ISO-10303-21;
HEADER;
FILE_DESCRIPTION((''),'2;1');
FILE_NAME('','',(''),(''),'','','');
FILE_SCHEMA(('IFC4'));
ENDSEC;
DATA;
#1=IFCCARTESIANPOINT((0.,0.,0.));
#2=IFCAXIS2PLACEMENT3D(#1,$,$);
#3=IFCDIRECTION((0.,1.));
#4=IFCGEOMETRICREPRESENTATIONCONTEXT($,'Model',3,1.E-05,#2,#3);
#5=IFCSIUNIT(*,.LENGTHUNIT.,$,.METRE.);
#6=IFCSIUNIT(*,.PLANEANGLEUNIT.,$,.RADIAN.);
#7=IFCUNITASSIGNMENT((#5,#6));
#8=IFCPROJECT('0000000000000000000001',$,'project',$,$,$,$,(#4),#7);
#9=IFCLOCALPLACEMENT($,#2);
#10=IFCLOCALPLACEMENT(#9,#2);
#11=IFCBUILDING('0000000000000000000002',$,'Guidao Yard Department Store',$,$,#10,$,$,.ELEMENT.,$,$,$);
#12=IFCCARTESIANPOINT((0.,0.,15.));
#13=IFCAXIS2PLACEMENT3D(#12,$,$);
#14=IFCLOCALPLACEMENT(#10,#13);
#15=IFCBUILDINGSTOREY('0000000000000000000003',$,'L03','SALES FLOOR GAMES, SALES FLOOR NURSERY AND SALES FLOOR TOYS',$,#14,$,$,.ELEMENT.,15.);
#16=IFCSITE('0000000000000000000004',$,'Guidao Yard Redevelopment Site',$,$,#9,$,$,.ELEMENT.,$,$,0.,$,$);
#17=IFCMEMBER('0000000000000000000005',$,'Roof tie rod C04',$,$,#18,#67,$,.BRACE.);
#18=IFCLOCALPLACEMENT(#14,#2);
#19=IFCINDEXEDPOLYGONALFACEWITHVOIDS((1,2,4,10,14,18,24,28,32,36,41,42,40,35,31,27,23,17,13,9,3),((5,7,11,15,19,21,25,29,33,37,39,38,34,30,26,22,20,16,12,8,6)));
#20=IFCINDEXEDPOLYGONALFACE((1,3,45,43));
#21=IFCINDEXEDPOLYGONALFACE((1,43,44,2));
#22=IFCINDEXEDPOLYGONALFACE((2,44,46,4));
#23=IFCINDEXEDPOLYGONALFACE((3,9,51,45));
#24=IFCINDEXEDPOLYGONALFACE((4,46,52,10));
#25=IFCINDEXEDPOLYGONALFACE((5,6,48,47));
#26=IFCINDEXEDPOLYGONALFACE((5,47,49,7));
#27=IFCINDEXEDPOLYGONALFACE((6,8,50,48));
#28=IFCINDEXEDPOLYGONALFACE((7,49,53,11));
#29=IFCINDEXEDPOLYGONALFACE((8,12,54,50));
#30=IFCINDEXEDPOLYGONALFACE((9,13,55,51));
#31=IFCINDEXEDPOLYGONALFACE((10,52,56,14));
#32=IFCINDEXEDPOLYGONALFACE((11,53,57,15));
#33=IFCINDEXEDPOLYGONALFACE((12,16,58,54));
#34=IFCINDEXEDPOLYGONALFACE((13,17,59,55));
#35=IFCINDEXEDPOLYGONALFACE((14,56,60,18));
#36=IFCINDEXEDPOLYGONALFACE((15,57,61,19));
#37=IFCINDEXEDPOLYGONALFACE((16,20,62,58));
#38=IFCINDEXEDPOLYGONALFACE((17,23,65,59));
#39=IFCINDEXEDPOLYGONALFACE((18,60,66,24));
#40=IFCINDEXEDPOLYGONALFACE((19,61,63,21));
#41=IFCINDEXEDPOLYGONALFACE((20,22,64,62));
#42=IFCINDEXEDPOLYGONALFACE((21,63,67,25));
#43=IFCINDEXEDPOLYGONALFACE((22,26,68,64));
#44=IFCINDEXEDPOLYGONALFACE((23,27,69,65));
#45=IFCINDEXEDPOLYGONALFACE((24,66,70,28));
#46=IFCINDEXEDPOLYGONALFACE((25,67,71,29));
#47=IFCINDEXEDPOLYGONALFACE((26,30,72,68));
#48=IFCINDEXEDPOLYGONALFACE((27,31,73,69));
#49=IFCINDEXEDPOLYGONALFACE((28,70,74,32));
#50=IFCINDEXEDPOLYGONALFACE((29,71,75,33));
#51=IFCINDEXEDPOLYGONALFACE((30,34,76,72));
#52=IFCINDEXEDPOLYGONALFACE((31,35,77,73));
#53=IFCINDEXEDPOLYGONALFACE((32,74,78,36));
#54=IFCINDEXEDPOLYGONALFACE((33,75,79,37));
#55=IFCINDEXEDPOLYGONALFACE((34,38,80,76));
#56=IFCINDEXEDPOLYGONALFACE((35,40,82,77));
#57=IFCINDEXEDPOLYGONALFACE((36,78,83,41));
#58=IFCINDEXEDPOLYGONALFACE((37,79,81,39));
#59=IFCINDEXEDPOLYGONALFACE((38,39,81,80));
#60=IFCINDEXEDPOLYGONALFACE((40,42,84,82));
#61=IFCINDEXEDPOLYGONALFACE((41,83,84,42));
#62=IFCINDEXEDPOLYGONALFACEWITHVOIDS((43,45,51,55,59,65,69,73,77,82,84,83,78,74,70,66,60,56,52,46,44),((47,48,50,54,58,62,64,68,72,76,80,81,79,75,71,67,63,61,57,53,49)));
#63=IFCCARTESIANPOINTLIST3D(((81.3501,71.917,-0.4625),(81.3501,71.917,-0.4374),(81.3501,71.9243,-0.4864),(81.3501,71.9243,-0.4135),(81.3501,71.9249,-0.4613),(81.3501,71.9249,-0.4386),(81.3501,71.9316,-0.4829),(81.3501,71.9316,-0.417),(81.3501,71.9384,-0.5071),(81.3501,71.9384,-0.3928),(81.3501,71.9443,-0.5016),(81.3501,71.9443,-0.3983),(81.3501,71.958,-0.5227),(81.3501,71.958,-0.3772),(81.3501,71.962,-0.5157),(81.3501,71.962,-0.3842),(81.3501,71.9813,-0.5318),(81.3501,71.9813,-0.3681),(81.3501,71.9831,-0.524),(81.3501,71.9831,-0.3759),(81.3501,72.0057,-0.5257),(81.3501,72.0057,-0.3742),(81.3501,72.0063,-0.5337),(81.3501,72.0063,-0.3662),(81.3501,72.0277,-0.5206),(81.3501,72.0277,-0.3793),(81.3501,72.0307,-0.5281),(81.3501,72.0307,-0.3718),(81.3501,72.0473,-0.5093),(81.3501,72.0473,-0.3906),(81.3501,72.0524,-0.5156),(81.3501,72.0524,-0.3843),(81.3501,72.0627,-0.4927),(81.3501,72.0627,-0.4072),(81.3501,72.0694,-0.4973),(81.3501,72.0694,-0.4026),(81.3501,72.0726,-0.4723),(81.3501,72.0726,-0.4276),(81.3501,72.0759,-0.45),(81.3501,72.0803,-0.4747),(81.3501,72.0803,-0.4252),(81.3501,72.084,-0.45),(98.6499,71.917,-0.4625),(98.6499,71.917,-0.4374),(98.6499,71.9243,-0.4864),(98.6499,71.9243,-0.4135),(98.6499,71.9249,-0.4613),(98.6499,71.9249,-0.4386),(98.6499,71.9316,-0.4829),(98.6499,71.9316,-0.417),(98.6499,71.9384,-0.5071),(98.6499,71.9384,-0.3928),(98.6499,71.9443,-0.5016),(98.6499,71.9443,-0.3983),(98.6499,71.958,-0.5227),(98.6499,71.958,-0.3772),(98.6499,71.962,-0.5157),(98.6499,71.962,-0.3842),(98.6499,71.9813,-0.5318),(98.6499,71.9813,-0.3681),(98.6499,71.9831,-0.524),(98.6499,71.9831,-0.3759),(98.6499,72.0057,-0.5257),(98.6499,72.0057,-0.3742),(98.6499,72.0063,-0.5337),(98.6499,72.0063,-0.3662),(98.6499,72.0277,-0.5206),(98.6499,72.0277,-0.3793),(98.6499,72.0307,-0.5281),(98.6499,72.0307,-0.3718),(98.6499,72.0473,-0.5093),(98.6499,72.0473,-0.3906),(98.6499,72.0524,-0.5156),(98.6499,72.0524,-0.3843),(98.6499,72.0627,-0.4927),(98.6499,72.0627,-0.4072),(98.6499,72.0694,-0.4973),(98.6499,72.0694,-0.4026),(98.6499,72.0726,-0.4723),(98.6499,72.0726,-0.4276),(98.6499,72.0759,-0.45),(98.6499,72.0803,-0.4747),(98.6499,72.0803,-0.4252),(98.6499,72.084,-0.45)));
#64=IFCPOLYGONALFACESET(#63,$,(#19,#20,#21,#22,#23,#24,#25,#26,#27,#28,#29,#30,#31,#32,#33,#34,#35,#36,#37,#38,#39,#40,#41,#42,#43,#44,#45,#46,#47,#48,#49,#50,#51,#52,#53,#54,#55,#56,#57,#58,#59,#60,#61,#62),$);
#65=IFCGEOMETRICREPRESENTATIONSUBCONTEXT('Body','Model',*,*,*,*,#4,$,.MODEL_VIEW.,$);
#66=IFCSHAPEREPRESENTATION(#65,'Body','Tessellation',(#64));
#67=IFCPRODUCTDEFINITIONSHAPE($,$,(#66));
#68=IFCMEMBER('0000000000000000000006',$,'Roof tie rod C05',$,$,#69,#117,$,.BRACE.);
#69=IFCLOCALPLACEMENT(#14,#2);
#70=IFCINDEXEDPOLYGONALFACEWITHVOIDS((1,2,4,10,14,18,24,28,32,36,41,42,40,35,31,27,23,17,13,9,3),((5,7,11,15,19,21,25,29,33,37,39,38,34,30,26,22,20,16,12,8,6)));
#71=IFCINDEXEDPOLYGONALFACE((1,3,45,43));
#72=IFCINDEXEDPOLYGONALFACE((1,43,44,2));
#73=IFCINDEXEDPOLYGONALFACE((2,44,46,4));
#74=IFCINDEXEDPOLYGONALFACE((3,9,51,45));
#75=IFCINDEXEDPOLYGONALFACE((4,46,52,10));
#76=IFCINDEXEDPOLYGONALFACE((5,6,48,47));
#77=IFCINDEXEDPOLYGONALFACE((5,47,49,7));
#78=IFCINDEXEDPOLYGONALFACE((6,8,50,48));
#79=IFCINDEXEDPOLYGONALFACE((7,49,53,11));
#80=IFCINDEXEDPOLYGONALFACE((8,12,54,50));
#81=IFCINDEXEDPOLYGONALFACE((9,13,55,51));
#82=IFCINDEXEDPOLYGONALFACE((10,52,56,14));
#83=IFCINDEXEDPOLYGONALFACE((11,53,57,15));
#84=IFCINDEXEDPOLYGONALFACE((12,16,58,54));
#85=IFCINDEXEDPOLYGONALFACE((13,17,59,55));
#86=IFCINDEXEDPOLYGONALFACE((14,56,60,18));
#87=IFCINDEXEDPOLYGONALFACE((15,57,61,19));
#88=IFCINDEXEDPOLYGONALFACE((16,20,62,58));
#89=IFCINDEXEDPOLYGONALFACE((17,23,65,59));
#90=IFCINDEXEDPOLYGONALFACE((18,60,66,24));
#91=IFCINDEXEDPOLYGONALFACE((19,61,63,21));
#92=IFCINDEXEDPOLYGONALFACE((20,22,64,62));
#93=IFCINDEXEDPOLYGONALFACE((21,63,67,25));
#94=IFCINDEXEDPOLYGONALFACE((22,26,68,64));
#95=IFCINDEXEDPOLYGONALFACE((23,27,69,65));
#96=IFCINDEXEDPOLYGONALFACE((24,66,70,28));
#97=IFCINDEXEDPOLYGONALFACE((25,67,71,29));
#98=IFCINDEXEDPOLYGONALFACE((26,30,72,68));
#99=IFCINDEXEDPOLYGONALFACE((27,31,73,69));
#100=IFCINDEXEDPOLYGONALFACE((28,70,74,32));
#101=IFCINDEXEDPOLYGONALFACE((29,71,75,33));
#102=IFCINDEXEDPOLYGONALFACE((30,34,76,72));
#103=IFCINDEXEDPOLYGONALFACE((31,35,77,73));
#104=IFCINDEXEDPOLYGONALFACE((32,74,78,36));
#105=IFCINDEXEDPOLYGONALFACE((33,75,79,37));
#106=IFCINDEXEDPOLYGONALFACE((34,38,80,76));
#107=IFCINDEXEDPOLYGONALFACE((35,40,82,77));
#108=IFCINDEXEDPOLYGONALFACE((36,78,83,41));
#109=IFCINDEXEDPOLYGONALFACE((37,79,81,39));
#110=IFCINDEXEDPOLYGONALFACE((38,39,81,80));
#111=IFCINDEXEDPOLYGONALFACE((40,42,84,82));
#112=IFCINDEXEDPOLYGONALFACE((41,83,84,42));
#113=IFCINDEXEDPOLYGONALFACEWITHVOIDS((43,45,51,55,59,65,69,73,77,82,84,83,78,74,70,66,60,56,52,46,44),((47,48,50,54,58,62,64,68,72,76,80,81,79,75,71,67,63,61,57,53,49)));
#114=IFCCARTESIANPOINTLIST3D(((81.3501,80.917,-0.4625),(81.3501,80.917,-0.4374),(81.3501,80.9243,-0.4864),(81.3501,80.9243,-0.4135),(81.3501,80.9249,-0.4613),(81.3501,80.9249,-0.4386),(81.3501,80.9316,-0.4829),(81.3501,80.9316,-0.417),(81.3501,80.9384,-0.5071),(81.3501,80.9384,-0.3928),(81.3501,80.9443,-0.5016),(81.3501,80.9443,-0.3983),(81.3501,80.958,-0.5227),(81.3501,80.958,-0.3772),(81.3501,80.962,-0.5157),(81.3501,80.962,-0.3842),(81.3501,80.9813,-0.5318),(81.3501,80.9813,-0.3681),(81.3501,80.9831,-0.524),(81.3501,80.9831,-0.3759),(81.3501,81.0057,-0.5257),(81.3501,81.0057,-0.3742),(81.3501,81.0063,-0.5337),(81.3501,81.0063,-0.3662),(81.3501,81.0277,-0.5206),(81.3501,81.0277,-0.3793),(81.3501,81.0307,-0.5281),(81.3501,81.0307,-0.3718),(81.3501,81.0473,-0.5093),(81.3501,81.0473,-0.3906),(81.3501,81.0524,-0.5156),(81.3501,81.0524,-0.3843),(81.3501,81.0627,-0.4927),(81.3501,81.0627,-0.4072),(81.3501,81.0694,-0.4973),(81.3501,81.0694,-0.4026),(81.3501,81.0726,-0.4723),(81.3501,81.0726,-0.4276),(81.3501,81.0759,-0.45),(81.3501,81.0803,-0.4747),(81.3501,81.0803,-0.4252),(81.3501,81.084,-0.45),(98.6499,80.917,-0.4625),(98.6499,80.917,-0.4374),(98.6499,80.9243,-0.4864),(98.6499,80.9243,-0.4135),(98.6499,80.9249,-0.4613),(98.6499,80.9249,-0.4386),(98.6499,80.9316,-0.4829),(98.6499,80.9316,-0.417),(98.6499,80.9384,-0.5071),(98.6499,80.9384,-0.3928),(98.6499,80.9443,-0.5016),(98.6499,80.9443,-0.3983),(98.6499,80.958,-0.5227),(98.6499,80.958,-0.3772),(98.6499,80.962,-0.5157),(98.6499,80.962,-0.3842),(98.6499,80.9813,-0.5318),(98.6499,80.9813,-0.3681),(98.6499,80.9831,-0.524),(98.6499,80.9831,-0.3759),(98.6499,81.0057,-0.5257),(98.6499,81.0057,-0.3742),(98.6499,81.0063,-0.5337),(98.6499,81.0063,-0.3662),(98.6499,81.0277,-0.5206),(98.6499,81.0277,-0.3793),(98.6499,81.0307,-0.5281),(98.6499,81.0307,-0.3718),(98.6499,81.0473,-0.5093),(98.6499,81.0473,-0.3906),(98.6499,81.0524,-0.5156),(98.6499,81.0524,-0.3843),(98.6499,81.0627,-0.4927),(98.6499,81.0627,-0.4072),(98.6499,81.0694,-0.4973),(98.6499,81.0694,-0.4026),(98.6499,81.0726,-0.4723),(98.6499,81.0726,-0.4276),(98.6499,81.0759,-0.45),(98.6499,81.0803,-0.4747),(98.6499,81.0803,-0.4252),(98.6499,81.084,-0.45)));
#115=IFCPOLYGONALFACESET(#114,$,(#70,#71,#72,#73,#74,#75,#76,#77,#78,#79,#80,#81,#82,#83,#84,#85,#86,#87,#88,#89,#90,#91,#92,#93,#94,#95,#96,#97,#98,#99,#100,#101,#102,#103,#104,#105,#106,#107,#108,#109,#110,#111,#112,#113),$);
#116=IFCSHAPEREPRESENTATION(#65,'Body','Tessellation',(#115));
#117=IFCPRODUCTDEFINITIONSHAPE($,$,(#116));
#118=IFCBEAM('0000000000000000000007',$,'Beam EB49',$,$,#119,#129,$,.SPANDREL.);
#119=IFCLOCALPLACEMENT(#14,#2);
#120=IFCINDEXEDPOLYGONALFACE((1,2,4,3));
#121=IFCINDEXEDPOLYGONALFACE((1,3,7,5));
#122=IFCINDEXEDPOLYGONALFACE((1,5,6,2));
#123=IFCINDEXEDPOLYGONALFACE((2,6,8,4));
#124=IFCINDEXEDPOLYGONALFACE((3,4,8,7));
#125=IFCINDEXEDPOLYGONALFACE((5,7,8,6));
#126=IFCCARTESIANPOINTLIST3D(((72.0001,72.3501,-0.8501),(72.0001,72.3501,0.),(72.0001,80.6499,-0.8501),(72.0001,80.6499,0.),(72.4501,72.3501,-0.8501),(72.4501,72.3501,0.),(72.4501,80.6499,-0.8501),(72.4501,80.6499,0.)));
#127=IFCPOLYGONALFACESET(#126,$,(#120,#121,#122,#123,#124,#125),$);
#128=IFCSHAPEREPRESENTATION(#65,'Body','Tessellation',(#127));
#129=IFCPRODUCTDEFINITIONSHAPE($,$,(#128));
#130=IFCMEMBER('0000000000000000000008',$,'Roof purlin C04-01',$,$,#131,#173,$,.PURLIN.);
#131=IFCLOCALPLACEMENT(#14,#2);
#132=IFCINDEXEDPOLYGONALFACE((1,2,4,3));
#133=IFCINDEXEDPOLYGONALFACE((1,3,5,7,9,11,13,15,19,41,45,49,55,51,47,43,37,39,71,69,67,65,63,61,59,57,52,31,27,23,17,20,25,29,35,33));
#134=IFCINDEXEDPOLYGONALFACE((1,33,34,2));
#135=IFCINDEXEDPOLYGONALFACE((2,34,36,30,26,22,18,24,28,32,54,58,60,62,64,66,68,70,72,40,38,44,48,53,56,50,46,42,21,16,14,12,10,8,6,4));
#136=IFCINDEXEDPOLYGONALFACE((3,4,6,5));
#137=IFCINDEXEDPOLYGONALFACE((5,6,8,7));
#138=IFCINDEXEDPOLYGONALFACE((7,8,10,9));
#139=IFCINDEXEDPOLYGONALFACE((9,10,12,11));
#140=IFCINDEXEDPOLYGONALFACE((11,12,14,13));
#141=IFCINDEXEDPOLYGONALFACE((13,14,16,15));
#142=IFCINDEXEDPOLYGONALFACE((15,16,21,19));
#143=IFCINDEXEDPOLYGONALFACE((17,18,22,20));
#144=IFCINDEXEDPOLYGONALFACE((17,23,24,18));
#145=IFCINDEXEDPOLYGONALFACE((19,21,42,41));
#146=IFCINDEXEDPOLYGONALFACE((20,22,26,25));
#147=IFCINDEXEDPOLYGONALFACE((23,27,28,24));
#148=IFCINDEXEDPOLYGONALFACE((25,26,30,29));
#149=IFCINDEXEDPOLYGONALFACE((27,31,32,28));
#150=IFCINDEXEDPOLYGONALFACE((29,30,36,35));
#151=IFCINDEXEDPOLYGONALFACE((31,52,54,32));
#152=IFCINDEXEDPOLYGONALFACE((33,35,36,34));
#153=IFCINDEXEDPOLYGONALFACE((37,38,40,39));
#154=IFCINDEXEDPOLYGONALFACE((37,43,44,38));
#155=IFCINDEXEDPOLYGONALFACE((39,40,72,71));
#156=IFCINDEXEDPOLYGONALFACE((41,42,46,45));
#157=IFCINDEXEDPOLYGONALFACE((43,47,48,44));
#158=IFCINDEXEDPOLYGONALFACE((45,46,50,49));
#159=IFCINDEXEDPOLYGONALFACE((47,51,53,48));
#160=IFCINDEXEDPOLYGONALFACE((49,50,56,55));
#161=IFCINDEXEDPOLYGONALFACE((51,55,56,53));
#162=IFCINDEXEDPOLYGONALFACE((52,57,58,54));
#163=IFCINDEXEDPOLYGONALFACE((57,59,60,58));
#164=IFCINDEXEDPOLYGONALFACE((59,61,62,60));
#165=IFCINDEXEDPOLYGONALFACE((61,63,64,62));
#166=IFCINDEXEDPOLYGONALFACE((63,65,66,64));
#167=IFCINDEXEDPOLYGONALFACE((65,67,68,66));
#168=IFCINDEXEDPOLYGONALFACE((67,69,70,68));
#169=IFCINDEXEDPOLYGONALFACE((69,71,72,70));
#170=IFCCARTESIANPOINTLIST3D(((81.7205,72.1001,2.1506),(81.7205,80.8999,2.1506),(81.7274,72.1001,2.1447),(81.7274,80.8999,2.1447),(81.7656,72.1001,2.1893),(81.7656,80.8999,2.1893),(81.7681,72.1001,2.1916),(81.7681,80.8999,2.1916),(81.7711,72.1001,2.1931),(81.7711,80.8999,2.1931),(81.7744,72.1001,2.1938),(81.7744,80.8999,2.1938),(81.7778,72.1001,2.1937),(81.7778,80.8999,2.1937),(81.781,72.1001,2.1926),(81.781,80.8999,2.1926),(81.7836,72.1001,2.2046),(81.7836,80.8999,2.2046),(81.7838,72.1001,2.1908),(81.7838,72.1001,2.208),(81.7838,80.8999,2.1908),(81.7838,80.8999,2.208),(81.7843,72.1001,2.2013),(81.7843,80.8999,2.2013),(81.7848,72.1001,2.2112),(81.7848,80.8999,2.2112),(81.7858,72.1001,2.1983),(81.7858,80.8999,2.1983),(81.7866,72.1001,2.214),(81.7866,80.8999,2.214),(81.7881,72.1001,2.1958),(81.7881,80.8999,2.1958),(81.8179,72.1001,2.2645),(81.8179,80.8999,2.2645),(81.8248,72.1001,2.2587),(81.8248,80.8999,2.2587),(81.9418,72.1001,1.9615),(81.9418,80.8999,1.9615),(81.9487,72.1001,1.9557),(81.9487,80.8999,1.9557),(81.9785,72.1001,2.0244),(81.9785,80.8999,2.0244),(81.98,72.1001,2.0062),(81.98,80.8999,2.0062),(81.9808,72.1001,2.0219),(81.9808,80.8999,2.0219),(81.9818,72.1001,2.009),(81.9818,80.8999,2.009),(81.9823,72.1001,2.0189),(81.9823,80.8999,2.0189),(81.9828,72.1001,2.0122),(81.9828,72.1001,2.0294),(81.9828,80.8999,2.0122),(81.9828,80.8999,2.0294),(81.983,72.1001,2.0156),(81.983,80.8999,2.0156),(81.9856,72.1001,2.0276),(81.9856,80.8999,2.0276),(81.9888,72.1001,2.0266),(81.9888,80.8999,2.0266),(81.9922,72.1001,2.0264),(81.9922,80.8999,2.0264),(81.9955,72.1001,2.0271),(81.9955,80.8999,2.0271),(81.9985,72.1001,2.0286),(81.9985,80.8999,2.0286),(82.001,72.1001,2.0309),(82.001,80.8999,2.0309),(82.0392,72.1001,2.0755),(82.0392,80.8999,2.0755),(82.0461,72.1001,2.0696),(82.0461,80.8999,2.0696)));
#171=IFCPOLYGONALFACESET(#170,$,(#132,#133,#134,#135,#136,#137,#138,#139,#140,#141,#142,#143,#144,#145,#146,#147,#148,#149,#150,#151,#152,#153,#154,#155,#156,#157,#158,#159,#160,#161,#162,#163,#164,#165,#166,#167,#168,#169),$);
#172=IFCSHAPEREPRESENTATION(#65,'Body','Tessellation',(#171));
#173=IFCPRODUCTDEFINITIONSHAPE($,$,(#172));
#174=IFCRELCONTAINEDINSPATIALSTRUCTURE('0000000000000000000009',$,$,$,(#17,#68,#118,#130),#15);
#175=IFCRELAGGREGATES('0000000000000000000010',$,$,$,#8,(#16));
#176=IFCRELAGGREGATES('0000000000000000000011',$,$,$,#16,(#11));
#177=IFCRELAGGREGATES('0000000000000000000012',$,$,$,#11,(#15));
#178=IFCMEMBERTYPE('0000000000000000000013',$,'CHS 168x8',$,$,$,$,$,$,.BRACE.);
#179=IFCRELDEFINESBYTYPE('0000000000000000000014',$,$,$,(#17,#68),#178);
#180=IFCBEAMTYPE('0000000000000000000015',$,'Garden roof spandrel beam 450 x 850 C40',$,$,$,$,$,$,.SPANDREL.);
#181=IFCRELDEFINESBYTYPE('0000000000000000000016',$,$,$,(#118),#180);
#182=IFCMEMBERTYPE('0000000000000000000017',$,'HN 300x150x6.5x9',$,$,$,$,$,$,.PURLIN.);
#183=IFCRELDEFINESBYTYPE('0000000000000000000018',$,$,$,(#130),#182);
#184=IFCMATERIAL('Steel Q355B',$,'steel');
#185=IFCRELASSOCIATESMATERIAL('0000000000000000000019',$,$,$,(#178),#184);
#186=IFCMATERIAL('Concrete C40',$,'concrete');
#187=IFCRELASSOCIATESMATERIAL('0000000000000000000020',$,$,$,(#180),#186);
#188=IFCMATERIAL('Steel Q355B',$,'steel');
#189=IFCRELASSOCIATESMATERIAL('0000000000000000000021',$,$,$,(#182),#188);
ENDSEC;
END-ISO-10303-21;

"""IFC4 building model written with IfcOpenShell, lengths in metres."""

from ifc_helpers import new_model, si_unit, direction, frame, origin, origin_2d, place, context, subcontext, project, spatial, rectangle, hollow_circle, i_section, extrude, material, material_profile, profile_set, type_object, element, save


model = new_model("IFC4")

# Units and contexts
model_context = context("Model", 3, precision=1e-05, world=origin(), true_north=direction((0.0, 1.0)))
body_context = subcontext(model_context, "Body", "Model", "MODEL_VIEW")
ifc_project = project(units=[si_unit("LENGTHUNIT", "METRE"), si_unit("PLANEANGLEUNIT", "RADIAN")], contexts=[model_context])

# Site, building, storey
site_placement = place(None, origin())
site = spatial("IfcSite", under=ifc_project, at=site_placement, Name="Guidao Yard Redevelopment Site", CompositionType="ELEMENT", RefElevation=0.0)
building_placement = place(site_placement, origin())
building = spatial("IfcBuilding", under=site, at=building_placement, Name="Guidao Yard Department Store", CompositionType="ELEMENT")
storey_placement = place(building_placement, frame((0.0, 0.0, 15.0)))
storey = spatial("IfcBuildingStorey", under=building, at=storey_placement, Name="L03", Description="SALES FLOOR GAMES, SALES FLOOR NURSERY AND SALES FLOOR TOYS", CompositionType="ELEMENT", Elevation=15.0)

# Members
ifc_material_1 = material(Name="Steel Q355B", Category="steel")
ifc_material_profile_1 = material_profile(ifc_material_1, hollow_circle(Radius=0.084, WallThickness=0.0081, at=origin_2d()), Name="CHS 168x8")
ifc_profile_set_1 = profile_set([ifc_material_profile_1], Name="Steel Q355B")
member_type_1 = type_object("IfcMemberType", Name="CHS 168x8", PredefinedType="BRACE", material=ifc_profile_set_1)
for number, where, z_axis, x_axis, name in (
    (1, (81.3501, 72.0, -0.45), (1.0, 0.0, 0.0), (0.0, 1.0, 0.0), "Roof tie rod C04"),
    (2, (81.3501, 81.0, -0.45), (1.0, 0.0, 0.0), (0.0, 1.0, 0.0), "Roof tie rod C05"),
):
    element("IfcMember", number, at=place(storey_placement, frame(where, z_axis=z_axis, x_axis=x_axis)), inside=storey, type_object=member_type_1, Name=name, PredefinedType="BRACE", context=body_context, shape_type="SweptSolid", body=[
        extrude(hollow_circle(Radius=0.084, WallThickness=0.0081, at=origin_2d()), origin(), (0.0, 0.0, 1.0), 17.2998),
    ])

# Beam
ifc_material_2 = material(Name="Concrete C40", Category="concrete")
ifc_material_profile_2 = material_profile(ifc_material_2, rectangle(XDim=0.45, YDim=0.8501, at=origin_2d()), Name="Garden roof spandrel beam 450 x 850 C40")
ifc_profile_set_2 = profile_set([ifc_material_profile_2], Name="Concrete C40")
beam_type_1 = type_object("IfcBeamType", Name="Garden roof spandrel beam 450 x 850 C40", PredefinedType="SPANDREL", material=ifc_profile_set_2)
beam_1_placement = place(storey_placement, frame((72.2251, 72.3501, -0.425), z_axis=(0.0, 1.0, 0.0), x_axis=(-1.0, 0.0, 0.0)))
element("IfcBeam", 3, at=beam_1_placement, inside=storey, type_object=beam_type_1, Name="Beam EB49", PredefinedType="SPANDREL", context=body_context, shape_type="SweptSolid", body=[
    extrude(rectangle(XDim=0.45, YDim=0.8501, at=origin_2d()), origin(), (0.0, 0.0, 1.0), 8.2998),
])

# Member
ifc_material_3 = material(Name="Steel Q355B", Category="steel")
ifc_material_profile_3 = material_profile(ifc_material_3, i_section(OverallWidth=0.1499, OverallDepth=0.3, WebThickness=0.0066, FlangeThickness=0.009, FilletRadius=0.0129, at=origin_2d()), Name="HN 300x150x6.5x9")
ifc_profile_set_3 = profile_set([ifc_material_profile_3], Name="Steel Q355B")
member_type_2 = type_object("IfcMemberType", Name="HN 300x150x6.5x9", PredefinedType="PURLIN", material=ifc_profile_set_3)
member_1_placement = place(storey_placement, frame((81.8833, 72.1001, 2.1101), z_axis=(0.0, 1.0, 0.0), x_axis=(-0.649537, 0.0, -0.76033)))
element("IfcMember", 4, at=member_1_placement, inside=storey, type_object=member_type_2, Name="Roof purlin C04-01", PredefinedType="PURLIN", context=body_context, shape_type="SweptSolid", body=[
    extrude(i_section(OverallWidth=0.1499, OverallDepth=0.3, WebThickness=0.0066, FlangeThickness=0.009, FilletRadius=0.0129, at=origin_2d()), origin(), (0.0, 0.0, 1.0), 8.7998),
])

save(model, "model.ifc")
